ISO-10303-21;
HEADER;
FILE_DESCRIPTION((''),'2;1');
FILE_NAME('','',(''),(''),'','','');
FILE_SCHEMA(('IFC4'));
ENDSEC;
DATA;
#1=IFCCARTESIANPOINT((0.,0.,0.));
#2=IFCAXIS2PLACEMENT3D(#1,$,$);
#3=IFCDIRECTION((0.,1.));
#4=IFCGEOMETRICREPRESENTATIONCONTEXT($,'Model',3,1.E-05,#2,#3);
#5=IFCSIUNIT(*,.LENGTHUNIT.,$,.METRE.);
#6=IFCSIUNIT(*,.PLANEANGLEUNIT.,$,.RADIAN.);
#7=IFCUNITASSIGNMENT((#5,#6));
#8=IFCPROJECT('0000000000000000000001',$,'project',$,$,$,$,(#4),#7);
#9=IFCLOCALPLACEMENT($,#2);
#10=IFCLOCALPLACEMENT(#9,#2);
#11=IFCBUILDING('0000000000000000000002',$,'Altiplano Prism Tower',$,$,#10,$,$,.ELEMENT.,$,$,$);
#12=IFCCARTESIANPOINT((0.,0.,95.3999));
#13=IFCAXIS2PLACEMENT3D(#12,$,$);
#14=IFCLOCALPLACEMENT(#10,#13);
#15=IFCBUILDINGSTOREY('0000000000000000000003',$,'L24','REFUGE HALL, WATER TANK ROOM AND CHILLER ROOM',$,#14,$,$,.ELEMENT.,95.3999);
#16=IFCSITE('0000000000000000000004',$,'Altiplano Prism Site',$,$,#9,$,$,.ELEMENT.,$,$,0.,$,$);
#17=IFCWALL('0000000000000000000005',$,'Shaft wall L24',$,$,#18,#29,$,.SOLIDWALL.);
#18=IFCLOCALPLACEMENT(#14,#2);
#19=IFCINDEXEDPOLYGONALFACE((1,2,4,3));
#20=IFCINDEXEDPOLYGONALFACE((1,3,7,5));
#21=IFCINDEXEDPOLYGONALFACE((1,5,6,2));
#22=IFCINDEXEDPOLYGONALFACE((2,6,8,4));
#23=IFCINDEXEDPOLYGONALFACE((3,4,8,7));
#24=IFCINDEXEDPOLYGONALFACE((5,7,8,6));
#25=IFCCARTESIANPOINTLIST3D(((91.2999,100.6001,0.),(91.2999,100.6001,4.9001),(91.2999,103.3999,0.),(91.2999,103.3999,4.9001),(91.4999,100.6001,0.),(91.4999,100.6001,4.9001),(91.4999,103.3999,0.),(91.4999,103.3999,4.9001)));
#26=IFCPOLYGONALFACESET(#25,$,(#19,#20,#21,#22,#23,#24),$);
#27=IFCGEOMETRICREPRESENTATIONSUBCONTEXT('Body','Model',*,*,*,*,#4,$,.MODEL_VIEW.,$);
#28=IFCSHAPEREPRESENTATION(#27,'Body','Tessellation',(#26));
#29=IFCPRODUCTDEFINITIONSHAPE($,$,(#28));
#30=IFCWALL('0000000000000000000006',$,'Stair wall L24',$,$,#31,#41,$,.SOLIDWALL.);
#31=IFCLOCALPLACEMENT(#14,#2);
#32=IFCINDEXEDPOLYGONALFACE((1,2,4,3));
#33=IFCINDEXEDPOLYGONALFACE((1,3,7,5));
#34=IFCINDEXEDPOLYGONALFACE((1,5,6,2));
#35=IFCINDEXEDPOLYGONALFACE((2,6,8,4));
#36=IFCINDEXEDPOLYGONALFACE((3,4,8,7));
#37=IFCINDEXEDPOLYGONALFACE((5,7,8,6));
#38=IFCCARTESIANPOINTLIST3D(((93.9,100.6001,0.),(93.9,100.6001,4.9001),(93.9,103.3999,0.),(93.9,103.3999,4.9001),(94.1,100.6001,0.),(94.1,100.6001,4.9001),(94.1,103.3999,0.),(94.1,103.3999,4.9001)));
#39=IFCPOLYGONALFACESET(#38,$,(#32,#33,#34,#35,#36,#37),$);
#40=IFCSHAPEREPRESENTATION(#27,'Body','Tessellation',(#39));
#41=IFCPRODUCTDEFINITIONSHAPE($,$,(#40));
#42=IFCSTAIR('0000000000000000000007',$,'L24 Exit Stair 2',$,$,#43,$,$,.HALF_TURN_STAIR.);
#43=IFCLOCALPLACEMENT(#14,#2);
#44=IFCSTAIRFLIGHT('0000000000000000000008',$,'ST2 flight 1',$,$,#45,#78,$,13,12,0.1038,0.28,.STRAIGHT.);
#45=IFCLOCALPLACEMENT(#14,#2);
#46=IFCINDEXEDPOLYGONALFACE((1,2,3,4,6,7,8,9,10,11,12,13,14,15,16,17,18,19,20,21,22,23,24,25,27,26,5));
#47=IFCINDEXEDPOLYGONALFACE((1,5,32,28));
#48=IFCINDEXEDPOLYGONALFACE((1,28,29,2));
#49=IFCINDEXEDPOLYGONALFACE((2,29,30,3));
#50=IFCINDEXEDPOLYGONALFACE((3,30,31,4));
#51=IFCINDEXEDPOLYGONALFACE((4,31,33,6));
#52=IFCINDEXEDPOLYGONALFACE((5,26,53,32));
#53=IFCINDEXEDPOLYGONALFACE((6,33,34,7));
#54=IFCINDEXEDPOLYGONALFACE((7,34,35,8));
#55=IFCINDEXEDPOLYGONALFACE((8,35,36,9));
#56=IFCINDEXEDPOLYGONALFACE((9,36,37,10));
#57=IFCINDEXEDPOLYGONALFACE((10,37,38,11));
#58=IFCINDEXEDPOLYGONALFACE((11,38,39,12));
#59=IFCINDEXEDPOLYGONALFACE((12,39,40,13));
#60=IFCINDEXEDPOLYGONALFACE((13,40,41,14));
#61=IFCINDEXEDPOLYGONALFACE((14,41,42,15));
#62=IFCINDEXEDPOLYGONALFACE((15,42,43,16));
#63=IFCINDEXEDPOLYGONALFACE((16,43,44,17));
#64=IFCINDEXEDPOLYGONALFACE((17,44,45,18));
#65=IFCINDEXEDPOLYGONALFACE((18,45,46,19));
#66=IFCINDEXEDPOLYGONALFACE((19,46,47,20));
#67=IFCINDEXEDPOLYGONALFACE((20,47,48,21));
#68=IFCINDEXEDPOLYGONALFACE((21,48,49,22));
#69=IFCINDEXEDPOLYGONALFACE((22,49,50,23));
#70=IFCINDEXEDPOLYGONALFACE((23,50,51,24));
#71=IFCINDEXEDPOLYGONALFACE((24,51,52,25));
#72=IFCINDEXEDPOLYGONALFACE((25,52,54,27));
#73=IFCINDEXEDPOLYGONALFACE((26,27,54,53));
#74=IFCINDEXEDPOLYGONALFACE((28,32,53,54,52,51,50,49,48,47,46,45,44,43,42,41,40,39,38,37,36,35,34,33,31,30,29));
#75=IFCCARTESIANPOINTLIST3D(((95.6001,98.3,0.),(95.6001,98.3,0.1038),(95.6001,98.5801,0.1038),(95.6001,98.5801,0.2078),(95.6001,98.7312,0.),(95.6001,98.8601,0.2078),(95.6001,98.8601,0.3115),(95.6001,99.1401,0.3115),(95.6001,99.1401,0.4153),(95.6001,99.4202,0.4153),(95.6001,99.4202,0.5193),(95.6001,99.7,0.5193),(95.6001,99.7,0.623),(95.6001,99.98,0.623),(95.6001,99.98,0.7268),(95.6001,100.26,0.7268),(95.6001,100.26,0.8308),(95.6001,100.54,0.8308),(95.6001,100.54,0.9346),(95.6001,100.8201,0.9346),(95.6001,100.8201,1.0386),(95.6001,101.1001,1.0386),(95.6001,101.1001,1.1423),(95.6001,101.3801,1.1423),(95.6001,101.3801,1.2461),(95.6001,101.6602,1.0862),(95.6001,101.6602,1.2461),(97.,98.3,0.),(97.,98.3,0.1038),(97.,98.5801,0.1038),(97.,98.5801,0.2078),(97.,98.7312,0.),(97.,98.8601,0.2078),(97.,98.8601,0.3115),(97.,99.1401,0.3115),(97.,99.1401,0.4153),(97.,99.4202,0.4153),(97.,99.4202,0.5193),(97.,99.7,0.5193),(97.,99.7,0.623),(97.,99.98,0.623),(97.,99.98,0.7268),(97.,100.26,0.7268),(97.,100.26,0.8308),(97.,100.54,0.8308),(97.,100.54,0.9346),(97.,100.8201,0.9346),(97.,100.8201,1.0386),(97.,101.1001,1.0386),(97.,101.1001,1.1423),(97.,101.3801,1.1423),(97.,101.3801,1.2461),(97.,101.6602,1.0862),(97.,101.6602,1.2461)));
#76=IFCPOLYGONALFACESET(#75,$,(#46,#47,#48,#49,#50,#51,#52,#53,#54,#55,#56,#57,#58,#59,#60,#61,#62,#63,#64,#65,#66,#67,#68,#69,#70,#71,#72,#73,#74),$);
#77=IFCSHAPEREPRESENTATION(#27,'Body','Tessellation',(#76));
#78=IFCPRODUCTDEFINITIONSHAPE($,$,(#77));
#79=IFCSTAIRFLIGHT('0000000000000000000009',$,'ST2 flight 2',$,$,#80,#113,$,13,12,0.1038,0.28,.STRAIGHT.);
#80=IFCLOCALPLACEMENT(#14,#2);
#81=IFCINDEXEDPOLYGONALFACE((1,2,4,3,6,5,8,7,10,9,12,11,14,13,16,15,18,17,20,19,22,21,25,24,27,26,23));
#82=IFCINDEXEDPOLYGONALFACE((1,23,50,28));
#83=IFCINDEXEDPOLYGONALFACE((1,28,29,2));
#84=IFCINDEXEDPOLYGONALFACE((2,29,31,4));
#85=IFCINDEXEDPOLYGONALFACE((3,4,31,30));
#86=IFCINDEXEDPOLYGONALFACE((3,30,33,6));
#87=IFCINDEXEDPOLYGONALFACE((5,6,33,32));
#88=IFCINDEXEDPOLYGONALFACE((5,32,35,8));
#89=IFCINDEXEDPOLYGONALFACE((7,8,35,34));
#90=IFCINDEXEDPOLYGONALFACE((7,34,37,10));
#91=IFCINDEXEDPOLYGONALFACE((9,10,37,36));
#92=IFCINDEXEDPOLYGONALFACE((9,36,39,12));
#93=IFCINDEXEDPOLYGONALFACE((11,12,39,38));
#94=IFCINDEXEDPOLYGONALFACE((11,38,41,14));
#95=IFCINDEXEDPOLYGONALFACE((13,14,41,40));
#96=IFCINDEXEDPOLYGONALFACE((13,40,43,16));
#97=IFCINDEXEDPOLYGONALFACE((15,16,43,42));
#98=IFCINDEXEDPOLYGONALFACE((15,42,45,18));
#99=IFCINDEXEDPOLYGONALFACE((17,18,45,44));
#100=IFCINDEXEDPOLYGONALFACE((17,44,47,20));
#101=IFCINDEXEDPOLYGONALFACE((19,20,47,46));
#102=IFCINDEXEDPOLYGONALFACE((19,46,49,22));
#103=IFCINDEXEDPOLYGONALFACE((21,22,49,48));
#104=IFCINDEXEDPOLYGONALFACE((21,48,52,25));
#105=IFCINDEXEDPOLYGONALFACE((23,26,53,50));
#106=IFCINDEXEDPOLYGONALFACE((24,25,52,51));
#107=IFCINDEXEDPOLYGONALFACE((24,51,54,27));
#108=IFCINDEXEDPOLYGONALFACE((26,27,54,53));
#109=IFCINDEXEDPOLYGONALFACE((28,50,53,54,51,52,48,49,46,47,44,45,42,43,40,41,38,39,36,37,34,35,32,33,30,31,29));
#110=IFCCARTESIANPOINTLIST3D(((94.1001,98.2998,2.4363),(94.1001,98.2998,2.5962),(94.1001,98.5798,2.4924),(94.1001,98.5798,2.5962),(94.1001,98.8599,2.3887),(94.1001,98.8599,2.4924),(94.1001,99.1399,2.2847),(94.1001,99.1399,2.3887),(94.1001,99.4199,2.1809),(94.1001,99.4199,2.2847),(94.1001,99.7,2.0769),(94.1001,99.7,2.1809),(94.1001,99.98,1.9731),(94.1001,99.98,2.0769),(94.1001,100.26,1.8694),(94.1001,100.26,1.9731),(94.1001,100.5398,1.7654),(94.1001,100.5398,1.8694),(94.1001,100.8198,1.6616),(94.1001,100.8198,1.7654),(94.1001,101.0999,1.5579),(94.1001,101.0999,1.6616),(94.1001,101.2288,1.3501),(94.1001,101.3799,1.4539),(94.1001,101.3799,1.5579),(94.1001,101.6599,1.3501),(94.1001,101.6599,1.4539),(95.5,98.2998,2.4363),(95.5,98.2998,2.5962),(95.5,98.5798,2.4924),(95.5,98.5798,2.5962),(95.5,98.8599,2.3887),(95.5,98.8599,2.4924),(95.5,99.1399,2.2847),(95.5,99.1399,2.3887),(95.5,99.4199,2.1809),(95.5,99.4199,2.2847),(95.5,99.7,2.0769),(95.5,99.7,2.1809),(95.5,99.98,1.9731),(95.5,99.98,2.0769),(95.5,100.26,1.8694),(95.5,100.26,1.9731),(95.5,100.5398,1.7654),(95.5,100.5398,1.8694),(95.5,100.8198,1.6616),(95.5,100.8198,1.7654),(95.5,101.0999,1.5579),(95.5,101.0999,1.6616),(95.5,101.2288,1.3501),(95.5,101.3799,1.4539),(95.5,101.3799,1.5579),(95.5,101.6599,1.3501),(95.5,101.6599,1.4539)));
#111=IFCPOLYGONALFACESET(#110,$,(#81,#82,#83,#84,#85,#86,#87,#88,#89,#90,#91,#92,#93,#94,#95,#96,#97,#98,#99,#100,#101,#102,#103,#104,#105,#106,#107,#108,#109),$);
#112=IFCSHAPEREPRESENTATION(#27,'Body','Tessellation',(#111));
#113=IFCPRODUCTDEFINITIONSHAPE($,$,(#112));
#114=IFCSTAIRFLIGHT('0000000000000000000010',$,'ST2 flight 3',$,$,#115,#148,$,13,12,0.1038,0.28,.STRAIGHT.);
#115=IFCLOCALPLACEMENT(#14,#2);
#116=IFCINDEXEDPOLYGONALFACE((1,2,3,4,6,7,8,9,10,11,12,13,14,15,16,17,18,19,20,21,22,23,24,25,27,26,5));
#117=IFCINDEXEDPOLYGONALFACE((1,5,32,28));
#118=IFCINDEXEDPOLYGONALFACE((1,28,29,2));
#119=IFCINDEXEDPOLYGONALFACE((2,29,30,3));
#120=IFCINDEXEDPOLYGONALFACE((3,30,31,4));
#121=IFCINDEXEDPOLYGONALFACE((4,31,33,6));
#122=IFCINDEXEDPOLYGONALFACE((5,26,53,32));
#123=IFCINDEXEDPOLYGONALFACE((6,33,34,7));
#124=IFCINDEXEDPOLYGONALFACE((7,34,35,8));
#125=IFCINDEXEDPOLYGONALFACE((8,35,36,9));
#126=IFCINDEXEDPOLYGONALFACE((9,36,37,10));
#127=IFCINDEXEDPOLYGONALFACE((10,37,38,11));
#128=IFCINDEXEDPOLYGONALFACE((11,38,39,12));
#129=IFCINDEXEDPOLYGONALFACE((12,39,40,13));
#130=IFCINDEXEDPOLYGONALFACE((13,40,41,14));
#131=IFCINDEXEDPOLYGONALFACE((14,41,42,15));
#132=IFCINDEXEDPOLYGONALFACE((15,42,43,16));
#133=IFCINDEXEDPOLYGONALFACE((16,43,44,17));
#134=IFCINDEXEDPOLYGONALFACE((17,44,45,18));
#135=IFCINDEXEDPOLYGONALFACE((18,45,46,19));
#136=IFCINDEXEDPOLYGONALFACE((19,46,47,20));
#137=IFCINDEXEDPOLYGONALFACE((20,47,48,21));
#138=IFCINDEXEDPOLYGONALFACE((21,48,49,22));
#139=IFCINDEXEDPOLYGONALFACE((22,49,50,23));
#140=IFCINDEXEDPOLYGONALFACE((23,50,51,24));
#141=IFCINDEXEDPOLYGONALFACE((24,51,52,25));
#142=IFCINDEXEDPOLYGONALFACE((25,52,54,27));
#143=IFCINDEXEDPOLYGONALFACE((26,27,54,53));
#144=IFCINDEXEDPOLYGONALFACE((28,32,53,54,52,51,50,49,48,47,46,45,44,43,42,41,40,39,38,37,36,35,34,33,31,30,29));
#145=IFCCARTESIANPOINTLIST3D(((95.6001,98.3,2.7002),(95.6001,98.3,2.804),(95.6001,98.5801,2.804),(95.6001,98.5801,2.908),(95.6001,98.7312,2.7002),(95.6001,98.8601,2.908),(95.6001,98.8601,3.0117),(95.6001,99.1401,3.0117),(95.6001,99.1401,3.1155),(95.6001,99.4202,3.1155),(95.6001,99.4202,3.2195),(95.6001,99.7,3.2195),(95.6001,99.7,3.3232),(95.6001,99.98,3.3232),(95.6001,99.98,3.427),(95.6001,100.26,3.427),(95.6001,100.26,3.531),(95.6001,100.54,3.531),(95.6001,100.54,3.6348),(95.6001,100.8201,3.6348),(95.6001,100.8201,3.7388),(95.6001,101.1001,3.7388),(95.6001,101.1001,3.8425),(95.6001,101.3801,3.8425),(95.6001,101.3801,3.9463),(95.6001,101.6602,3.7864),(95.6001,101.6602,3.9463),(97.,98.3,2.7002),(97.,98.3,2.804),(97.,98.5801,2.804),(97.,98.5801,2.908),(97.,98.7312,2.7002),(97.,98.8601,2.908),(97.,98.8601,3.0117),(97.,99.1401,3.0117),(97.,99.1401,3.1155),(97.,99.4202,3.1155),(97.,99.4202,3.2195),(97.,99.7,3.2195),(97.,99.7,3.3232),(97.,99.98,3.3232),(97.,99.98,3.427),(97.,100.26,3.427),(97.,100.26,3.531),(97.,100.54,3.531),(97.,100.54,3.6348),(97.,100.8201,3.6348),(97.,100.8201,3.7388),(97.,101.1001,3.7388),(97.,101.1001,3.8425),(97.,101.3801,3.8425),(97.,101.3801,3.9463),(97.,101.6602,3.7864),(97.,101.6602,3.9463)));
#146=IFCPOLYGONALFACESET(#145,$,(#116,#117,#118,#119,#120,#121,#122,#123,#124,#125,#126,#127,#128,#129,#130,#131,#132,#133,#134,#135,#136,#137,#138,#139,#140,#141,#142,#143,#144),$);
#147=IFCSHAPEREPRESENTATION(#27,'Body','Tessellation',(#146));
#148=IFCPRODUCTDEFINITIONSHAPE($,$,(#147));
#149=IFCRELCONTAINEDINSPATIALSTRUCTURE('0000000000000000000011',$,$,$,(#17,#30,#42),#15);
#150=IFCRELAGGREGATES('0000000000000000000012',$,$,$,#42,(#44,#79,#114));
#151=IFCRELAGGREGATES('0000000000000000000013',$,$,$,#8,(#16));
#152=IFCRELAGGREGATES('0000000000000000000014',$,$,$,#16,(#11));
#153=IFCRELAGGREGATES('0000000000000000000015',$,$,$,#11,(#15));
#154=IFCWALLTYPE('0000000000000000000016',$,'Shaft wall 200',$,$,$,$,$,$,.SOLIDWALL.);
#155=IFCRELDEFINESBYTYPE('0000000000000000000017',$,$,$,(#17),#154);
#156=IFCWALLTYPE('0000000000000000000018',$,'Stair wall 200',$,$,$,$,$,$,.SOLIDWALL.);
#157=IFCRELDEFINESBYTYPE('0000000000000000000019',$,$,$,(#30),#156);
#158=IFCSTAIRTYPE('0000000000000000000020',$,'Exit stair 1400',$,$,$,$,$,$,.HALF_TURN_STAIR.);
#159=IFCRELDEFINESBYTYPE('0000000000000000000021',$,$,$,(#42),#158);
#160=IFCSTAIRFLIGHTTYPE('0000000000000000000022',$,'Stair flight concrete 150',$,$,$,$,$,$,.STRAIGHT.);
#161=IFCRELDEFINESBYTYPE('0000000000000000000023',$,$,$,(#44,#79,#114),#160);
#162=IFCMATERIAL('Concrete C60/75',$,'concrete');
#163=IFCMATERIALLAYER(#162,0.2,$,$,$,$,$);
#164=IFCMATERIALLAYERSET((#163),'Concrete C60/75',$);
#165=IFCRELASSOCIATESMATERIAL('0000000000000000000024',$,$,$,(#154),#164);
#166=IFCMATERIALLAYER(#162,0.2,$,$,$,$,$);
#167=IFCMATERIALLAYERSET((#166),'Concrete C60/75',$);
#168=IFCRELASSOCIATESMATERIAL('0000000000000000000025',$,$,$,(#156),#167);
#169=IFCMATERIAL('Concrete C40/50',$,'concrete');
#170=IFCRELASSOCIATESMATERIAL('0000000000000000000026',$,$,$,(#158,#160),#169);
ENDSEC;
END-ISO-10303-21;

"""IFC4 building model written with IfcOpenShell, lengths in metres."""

from ifc_helpers import new_model, si_unit, direction, frame, frame_2d, origin, place, context, subcontext, project, spatial, polyline, rectangle, outline, extrude, material, layer, layer_set, type_object, element, aggregate, save


model = new_model("IFC4")

# Units and contexts
model_context = context("Model", 3, precision=1e-05, world=origin(), true_north=direction((0.0, 1.0)))
body_context = subcontext(model_context, "Body", "Model", "MODEL_VIEW")
ifc_project = project(units=[si_unit("LENGTHUNIT", "METRE"), si_unit("PLANEANGLEUNIT", "RADIAN")], contexts=[model_context])

# Site, building, storey
site_placement = place(None, origin())
site = spatial("IfcSite", under=ifc_project, at=site_placement, Name="Altiplano Prism Site", CompositionType="ELEMENT", RefElevation=0.0)
building_placement = place(site_placement, origin())
building = spatial("IfcBuilding", under=site, at=building_placement, Name="Altiplano Prism Tower", CompositionType="ELEMENT")
storey_placement = place(building_placement, frame((0.0, 0.0, 95.3999)))
storey = spatial("IfcBuildingStorey", under=building, at=storey_placement, Name="L24", Description="REFUGE HALL, WATER TANK ROOM AND CHILLER ROOM", CompositionType="ELEMENT", Elevation=95.3999)

# Shared definitions
ifc_material_1 = material(Name="Concrete C60/75", Category="concrete")

# Walls
ifc_layer_1 = layer(ifc_material_1, 0.2)
ifc_layer_set_1 = layer_set([ifc_layer_1], Name="Concrete C60/75")
wall_type_1 = type_object("IfcWallType", Name="Shaft wall 200", PredefinedType="SOLIDWALL", material=ifc_layer_set_1)
for number, where, z_axis, x_axis, name in (
    (1, (91.3999, 100.6001, 0.0), (0.0, 0.0, 1.0), (0.0, 1.0, 0.0), "Shaft wall L24"),
):
    element("IfcWall", number, at=place(storey_placement, frame(where, z_axis=z_axis, x_axis=x_axis)), inside=storey, type_object=wall_type_1, Name=name, PredefinedType="SOLIDWALL", context=body_context, shape_type="SweptSolid", body=[
        extrude(rectangle(XDim=2.7998, YDim=0.2, at=frame_2d((1.3999, 0.0))), origin(), (0.0, 0.0, 1.0), 4.9001),
    ])
ifc_layer_2 = layer(ifc_material_1, 0.2)
ifc_layer_set_2 = layer_set([ifc_layer_2], Name="Concrete C60/75")
wall_type_2 = type_object("IfcWallType", Name="Stair wall 200", PredefinedType="SOLIDWALL", material=ifc_layer_set_2)
wall_1_placement = place(storey_placement, frame((94.0, 100.6001, 0.0), z_axis=(0.0, 0.0, 1.0), x_axis=(0.0, 1.0, 0.0)))
element("IfcWall", 2, at=wall_1_placement, inside=storey, type_object=wall_type_2, Name="Stair wall L24", PredefinedType="SOLIDWALL", context=body_context, shape_type="SweptSolid", body=[
    extrude(rectangle(XDim=2.7998, YDim=0.2, at=frame_2d((1.3999, 0.0))), origin(), (0.0, 0.0, 1.0), 4.9001),
])

# Stair, stair flights
ifc_material_2 = material(Name="Concrete C40/50", Category="concrete")
stair_type = type_object("IfcStairType", Name="Exit stair 1400", PredefinedType="HALF_TURN_STAIR", material=ifc_material_2)
stair_placement = place(storey_placement, origin())
stair = element("IfcStair", 3, at=stair_placement, inside=storey, type_object=stair_type, Name="L24 Exit Stair 2", PredefinedType="HALF_TURN_STAIR")
stair_flight_type = type_object("IfcStairFlightType", Name="Stair flight concrete 150", PredefinedType="STRAIGHT", material=ifc_material_2)
stair_flight_1_placement = place(storey_placement, frame((96.3, 98.3, 0.0), z_axis=(0.0, 0.0, 1.0), x_axis=(0.0, 1.0, 0.0)))
stair_flight_1 = element("IfcStairFlight", 4, at=stair_flight_1_placement, type_object=stair_flight_type, Name="ST2 flight 1", NumberOfRisers=13, NumberOfTreads=12, PredefinedType="STRAIGHT", RiserHeight=0.1038, TreadLength=0.28, context=body_context, shape_type="SweptSolid", body=[
    extrude(outline(polyline([(0.0, 0.0), (0.0, 0.1038), (0.28, 0.1038), (0.28, 0.2078), (0.5601, 0.2078), (0.5601, 0.3115), (0.8401, 0.3115), (0.8401, 0.4153), (1.1201, 0.4153), (1.1201, 0.5193), (1.3999, 0.5193), (1.3999, 0.623), (1.6799, 0.623), (1.6799, 0.7268), (1.96, 0.7268), (1.96, 0.8308), (2.24, 0.8308), (2.24, 0.9346), (2.52, 0.9346), (2.52, 1.0386), (2.8, 1.0386), (2.8, 1.1423), (3.0801, 1.1423), (3.0801, 1.2461), (3.3601, 1.2461), (3.3601, 1.3501), (3.3601, 1.0862), (0.4312, 0.0), (0.0, 0.0)])), frame((0.0, 0.7, 0.0), z_axis=(0.0, -1.0, 0.0), x_axis=(1.0, 0.0, 0.0)), (0.0, 0.0, 1.0), 1.3999),
])
stair_flight_2_placement = place(storey_placement, frame((94.8, 101.6599, 1.3501), z_axis=(0.0, 0.0, 1.0), x_axis=(0.0, -1.0, 0.0)))
stair_flight_2 = element("IfcStairFlight", 5, at=stair_flight_2_placement, type_object=stair_flight_type, Name="ST2 flight 2", NumberOfRisers=13, NumberOfTreads=12, PredefinedType="STRAIGHT", RiserHeight=0.1038, TreadLength=0.28, context=body_context, shape_type="SweptSolid", body=[
    extrude(outline(polyline([(0.0, 0.0), (0.0, 0.1038), (0.28, 0.1038), (0.28, 0.2078), (0.5601, 0.2078), (0.5601, 0.3115), (0.8401, 0.3115), (0.8401, 0.4153), (1.1201, 0.4153), (1.1201, 0.5193), (1.3999, 0.5193), (1.3999, 0.623), (1.6799, 0.623), (1.6799, 0.7268), (1.96, 0.7268), (1.96, 0.8308), (2.24, 0.8308), (2.24, 0.9346), (2.52, 0.9346), (2.52, 1.0386), (2.8, 1.0386), (2.8, 1.1423), (3.0801, 1.1423), (3.0801, 1.2461), (3.3601, 1.2461), (3.3601, 1.3501), (3.3601, 1.0862), (0.4312, 0.0), (0.0, 0.0)])), frame((0.0, 0.7, 0.0), z_axis=(0.0, -1.0, 0.0), x_axis=(1.0, 0.0, 0.0)), (0.0, 0.0, 1.0), 1.3999),
])
stair_flight_3_placement = place(storey_placement, frame((96.3, 98.3, 2.7002), z_axis=(0.0, 0.0, 1.0), x_axis=(0.0, 1.0, 0.0)))
stair_flight_3 = element("IfcStairFlight", 6, at=stair_flight_3_placement, type_object=stair_flight_type, Name="ST2 flight 3", NumberOfRisers=13, NumberOfTreads=12, PredefinedType="STRAIGHT", RiserHeight=0.1038, TreadLength=0.28, context=body_context, shape_type="SweptSolid", body=[
    extrude(outline(polyline([(0.0, 0.0), (0.0, 0.1038), (0.28, 0.1038), (0.28, 0.2078), (0.5601, 0.2078), (0.5601, 0.3115), (0.8401, 0.3115), (0.8401, 0.4153), (1.1201, 0.4153), (1.1201, 0.5193), (1.3999, 0.5193), (1.3999, 0.623), (1.6799, 0.623), (1.6799, 0.7268), (1.96, 0.7268), (1.96, 0.8308), (2.24, 0.8308), (2.24, 0.9346), (2.52, 0.9346), (2.52, 1.0386), (2.8, 1.0386), (2.8, 1.1423), (3.0801, 1.1423), (3.0801, 1.2461), (3.3601, 1.2461), (3.3601, 1.3501), (3.3601, 1.0862), (0.4312, 0.0), (0.0, 0.0)])), frame((0.0, 0.7, 0.0), z_axis=(0.0, -1.0, 0.0), x_axis=(1.0, 0.0, 0.0)), (0.0, 0.0, 1.0), 1.3999),
])
aggregate(stair, [stair_flight_1, stair_flight_2, stair_flight_3])

save(model, "model.ifc")
